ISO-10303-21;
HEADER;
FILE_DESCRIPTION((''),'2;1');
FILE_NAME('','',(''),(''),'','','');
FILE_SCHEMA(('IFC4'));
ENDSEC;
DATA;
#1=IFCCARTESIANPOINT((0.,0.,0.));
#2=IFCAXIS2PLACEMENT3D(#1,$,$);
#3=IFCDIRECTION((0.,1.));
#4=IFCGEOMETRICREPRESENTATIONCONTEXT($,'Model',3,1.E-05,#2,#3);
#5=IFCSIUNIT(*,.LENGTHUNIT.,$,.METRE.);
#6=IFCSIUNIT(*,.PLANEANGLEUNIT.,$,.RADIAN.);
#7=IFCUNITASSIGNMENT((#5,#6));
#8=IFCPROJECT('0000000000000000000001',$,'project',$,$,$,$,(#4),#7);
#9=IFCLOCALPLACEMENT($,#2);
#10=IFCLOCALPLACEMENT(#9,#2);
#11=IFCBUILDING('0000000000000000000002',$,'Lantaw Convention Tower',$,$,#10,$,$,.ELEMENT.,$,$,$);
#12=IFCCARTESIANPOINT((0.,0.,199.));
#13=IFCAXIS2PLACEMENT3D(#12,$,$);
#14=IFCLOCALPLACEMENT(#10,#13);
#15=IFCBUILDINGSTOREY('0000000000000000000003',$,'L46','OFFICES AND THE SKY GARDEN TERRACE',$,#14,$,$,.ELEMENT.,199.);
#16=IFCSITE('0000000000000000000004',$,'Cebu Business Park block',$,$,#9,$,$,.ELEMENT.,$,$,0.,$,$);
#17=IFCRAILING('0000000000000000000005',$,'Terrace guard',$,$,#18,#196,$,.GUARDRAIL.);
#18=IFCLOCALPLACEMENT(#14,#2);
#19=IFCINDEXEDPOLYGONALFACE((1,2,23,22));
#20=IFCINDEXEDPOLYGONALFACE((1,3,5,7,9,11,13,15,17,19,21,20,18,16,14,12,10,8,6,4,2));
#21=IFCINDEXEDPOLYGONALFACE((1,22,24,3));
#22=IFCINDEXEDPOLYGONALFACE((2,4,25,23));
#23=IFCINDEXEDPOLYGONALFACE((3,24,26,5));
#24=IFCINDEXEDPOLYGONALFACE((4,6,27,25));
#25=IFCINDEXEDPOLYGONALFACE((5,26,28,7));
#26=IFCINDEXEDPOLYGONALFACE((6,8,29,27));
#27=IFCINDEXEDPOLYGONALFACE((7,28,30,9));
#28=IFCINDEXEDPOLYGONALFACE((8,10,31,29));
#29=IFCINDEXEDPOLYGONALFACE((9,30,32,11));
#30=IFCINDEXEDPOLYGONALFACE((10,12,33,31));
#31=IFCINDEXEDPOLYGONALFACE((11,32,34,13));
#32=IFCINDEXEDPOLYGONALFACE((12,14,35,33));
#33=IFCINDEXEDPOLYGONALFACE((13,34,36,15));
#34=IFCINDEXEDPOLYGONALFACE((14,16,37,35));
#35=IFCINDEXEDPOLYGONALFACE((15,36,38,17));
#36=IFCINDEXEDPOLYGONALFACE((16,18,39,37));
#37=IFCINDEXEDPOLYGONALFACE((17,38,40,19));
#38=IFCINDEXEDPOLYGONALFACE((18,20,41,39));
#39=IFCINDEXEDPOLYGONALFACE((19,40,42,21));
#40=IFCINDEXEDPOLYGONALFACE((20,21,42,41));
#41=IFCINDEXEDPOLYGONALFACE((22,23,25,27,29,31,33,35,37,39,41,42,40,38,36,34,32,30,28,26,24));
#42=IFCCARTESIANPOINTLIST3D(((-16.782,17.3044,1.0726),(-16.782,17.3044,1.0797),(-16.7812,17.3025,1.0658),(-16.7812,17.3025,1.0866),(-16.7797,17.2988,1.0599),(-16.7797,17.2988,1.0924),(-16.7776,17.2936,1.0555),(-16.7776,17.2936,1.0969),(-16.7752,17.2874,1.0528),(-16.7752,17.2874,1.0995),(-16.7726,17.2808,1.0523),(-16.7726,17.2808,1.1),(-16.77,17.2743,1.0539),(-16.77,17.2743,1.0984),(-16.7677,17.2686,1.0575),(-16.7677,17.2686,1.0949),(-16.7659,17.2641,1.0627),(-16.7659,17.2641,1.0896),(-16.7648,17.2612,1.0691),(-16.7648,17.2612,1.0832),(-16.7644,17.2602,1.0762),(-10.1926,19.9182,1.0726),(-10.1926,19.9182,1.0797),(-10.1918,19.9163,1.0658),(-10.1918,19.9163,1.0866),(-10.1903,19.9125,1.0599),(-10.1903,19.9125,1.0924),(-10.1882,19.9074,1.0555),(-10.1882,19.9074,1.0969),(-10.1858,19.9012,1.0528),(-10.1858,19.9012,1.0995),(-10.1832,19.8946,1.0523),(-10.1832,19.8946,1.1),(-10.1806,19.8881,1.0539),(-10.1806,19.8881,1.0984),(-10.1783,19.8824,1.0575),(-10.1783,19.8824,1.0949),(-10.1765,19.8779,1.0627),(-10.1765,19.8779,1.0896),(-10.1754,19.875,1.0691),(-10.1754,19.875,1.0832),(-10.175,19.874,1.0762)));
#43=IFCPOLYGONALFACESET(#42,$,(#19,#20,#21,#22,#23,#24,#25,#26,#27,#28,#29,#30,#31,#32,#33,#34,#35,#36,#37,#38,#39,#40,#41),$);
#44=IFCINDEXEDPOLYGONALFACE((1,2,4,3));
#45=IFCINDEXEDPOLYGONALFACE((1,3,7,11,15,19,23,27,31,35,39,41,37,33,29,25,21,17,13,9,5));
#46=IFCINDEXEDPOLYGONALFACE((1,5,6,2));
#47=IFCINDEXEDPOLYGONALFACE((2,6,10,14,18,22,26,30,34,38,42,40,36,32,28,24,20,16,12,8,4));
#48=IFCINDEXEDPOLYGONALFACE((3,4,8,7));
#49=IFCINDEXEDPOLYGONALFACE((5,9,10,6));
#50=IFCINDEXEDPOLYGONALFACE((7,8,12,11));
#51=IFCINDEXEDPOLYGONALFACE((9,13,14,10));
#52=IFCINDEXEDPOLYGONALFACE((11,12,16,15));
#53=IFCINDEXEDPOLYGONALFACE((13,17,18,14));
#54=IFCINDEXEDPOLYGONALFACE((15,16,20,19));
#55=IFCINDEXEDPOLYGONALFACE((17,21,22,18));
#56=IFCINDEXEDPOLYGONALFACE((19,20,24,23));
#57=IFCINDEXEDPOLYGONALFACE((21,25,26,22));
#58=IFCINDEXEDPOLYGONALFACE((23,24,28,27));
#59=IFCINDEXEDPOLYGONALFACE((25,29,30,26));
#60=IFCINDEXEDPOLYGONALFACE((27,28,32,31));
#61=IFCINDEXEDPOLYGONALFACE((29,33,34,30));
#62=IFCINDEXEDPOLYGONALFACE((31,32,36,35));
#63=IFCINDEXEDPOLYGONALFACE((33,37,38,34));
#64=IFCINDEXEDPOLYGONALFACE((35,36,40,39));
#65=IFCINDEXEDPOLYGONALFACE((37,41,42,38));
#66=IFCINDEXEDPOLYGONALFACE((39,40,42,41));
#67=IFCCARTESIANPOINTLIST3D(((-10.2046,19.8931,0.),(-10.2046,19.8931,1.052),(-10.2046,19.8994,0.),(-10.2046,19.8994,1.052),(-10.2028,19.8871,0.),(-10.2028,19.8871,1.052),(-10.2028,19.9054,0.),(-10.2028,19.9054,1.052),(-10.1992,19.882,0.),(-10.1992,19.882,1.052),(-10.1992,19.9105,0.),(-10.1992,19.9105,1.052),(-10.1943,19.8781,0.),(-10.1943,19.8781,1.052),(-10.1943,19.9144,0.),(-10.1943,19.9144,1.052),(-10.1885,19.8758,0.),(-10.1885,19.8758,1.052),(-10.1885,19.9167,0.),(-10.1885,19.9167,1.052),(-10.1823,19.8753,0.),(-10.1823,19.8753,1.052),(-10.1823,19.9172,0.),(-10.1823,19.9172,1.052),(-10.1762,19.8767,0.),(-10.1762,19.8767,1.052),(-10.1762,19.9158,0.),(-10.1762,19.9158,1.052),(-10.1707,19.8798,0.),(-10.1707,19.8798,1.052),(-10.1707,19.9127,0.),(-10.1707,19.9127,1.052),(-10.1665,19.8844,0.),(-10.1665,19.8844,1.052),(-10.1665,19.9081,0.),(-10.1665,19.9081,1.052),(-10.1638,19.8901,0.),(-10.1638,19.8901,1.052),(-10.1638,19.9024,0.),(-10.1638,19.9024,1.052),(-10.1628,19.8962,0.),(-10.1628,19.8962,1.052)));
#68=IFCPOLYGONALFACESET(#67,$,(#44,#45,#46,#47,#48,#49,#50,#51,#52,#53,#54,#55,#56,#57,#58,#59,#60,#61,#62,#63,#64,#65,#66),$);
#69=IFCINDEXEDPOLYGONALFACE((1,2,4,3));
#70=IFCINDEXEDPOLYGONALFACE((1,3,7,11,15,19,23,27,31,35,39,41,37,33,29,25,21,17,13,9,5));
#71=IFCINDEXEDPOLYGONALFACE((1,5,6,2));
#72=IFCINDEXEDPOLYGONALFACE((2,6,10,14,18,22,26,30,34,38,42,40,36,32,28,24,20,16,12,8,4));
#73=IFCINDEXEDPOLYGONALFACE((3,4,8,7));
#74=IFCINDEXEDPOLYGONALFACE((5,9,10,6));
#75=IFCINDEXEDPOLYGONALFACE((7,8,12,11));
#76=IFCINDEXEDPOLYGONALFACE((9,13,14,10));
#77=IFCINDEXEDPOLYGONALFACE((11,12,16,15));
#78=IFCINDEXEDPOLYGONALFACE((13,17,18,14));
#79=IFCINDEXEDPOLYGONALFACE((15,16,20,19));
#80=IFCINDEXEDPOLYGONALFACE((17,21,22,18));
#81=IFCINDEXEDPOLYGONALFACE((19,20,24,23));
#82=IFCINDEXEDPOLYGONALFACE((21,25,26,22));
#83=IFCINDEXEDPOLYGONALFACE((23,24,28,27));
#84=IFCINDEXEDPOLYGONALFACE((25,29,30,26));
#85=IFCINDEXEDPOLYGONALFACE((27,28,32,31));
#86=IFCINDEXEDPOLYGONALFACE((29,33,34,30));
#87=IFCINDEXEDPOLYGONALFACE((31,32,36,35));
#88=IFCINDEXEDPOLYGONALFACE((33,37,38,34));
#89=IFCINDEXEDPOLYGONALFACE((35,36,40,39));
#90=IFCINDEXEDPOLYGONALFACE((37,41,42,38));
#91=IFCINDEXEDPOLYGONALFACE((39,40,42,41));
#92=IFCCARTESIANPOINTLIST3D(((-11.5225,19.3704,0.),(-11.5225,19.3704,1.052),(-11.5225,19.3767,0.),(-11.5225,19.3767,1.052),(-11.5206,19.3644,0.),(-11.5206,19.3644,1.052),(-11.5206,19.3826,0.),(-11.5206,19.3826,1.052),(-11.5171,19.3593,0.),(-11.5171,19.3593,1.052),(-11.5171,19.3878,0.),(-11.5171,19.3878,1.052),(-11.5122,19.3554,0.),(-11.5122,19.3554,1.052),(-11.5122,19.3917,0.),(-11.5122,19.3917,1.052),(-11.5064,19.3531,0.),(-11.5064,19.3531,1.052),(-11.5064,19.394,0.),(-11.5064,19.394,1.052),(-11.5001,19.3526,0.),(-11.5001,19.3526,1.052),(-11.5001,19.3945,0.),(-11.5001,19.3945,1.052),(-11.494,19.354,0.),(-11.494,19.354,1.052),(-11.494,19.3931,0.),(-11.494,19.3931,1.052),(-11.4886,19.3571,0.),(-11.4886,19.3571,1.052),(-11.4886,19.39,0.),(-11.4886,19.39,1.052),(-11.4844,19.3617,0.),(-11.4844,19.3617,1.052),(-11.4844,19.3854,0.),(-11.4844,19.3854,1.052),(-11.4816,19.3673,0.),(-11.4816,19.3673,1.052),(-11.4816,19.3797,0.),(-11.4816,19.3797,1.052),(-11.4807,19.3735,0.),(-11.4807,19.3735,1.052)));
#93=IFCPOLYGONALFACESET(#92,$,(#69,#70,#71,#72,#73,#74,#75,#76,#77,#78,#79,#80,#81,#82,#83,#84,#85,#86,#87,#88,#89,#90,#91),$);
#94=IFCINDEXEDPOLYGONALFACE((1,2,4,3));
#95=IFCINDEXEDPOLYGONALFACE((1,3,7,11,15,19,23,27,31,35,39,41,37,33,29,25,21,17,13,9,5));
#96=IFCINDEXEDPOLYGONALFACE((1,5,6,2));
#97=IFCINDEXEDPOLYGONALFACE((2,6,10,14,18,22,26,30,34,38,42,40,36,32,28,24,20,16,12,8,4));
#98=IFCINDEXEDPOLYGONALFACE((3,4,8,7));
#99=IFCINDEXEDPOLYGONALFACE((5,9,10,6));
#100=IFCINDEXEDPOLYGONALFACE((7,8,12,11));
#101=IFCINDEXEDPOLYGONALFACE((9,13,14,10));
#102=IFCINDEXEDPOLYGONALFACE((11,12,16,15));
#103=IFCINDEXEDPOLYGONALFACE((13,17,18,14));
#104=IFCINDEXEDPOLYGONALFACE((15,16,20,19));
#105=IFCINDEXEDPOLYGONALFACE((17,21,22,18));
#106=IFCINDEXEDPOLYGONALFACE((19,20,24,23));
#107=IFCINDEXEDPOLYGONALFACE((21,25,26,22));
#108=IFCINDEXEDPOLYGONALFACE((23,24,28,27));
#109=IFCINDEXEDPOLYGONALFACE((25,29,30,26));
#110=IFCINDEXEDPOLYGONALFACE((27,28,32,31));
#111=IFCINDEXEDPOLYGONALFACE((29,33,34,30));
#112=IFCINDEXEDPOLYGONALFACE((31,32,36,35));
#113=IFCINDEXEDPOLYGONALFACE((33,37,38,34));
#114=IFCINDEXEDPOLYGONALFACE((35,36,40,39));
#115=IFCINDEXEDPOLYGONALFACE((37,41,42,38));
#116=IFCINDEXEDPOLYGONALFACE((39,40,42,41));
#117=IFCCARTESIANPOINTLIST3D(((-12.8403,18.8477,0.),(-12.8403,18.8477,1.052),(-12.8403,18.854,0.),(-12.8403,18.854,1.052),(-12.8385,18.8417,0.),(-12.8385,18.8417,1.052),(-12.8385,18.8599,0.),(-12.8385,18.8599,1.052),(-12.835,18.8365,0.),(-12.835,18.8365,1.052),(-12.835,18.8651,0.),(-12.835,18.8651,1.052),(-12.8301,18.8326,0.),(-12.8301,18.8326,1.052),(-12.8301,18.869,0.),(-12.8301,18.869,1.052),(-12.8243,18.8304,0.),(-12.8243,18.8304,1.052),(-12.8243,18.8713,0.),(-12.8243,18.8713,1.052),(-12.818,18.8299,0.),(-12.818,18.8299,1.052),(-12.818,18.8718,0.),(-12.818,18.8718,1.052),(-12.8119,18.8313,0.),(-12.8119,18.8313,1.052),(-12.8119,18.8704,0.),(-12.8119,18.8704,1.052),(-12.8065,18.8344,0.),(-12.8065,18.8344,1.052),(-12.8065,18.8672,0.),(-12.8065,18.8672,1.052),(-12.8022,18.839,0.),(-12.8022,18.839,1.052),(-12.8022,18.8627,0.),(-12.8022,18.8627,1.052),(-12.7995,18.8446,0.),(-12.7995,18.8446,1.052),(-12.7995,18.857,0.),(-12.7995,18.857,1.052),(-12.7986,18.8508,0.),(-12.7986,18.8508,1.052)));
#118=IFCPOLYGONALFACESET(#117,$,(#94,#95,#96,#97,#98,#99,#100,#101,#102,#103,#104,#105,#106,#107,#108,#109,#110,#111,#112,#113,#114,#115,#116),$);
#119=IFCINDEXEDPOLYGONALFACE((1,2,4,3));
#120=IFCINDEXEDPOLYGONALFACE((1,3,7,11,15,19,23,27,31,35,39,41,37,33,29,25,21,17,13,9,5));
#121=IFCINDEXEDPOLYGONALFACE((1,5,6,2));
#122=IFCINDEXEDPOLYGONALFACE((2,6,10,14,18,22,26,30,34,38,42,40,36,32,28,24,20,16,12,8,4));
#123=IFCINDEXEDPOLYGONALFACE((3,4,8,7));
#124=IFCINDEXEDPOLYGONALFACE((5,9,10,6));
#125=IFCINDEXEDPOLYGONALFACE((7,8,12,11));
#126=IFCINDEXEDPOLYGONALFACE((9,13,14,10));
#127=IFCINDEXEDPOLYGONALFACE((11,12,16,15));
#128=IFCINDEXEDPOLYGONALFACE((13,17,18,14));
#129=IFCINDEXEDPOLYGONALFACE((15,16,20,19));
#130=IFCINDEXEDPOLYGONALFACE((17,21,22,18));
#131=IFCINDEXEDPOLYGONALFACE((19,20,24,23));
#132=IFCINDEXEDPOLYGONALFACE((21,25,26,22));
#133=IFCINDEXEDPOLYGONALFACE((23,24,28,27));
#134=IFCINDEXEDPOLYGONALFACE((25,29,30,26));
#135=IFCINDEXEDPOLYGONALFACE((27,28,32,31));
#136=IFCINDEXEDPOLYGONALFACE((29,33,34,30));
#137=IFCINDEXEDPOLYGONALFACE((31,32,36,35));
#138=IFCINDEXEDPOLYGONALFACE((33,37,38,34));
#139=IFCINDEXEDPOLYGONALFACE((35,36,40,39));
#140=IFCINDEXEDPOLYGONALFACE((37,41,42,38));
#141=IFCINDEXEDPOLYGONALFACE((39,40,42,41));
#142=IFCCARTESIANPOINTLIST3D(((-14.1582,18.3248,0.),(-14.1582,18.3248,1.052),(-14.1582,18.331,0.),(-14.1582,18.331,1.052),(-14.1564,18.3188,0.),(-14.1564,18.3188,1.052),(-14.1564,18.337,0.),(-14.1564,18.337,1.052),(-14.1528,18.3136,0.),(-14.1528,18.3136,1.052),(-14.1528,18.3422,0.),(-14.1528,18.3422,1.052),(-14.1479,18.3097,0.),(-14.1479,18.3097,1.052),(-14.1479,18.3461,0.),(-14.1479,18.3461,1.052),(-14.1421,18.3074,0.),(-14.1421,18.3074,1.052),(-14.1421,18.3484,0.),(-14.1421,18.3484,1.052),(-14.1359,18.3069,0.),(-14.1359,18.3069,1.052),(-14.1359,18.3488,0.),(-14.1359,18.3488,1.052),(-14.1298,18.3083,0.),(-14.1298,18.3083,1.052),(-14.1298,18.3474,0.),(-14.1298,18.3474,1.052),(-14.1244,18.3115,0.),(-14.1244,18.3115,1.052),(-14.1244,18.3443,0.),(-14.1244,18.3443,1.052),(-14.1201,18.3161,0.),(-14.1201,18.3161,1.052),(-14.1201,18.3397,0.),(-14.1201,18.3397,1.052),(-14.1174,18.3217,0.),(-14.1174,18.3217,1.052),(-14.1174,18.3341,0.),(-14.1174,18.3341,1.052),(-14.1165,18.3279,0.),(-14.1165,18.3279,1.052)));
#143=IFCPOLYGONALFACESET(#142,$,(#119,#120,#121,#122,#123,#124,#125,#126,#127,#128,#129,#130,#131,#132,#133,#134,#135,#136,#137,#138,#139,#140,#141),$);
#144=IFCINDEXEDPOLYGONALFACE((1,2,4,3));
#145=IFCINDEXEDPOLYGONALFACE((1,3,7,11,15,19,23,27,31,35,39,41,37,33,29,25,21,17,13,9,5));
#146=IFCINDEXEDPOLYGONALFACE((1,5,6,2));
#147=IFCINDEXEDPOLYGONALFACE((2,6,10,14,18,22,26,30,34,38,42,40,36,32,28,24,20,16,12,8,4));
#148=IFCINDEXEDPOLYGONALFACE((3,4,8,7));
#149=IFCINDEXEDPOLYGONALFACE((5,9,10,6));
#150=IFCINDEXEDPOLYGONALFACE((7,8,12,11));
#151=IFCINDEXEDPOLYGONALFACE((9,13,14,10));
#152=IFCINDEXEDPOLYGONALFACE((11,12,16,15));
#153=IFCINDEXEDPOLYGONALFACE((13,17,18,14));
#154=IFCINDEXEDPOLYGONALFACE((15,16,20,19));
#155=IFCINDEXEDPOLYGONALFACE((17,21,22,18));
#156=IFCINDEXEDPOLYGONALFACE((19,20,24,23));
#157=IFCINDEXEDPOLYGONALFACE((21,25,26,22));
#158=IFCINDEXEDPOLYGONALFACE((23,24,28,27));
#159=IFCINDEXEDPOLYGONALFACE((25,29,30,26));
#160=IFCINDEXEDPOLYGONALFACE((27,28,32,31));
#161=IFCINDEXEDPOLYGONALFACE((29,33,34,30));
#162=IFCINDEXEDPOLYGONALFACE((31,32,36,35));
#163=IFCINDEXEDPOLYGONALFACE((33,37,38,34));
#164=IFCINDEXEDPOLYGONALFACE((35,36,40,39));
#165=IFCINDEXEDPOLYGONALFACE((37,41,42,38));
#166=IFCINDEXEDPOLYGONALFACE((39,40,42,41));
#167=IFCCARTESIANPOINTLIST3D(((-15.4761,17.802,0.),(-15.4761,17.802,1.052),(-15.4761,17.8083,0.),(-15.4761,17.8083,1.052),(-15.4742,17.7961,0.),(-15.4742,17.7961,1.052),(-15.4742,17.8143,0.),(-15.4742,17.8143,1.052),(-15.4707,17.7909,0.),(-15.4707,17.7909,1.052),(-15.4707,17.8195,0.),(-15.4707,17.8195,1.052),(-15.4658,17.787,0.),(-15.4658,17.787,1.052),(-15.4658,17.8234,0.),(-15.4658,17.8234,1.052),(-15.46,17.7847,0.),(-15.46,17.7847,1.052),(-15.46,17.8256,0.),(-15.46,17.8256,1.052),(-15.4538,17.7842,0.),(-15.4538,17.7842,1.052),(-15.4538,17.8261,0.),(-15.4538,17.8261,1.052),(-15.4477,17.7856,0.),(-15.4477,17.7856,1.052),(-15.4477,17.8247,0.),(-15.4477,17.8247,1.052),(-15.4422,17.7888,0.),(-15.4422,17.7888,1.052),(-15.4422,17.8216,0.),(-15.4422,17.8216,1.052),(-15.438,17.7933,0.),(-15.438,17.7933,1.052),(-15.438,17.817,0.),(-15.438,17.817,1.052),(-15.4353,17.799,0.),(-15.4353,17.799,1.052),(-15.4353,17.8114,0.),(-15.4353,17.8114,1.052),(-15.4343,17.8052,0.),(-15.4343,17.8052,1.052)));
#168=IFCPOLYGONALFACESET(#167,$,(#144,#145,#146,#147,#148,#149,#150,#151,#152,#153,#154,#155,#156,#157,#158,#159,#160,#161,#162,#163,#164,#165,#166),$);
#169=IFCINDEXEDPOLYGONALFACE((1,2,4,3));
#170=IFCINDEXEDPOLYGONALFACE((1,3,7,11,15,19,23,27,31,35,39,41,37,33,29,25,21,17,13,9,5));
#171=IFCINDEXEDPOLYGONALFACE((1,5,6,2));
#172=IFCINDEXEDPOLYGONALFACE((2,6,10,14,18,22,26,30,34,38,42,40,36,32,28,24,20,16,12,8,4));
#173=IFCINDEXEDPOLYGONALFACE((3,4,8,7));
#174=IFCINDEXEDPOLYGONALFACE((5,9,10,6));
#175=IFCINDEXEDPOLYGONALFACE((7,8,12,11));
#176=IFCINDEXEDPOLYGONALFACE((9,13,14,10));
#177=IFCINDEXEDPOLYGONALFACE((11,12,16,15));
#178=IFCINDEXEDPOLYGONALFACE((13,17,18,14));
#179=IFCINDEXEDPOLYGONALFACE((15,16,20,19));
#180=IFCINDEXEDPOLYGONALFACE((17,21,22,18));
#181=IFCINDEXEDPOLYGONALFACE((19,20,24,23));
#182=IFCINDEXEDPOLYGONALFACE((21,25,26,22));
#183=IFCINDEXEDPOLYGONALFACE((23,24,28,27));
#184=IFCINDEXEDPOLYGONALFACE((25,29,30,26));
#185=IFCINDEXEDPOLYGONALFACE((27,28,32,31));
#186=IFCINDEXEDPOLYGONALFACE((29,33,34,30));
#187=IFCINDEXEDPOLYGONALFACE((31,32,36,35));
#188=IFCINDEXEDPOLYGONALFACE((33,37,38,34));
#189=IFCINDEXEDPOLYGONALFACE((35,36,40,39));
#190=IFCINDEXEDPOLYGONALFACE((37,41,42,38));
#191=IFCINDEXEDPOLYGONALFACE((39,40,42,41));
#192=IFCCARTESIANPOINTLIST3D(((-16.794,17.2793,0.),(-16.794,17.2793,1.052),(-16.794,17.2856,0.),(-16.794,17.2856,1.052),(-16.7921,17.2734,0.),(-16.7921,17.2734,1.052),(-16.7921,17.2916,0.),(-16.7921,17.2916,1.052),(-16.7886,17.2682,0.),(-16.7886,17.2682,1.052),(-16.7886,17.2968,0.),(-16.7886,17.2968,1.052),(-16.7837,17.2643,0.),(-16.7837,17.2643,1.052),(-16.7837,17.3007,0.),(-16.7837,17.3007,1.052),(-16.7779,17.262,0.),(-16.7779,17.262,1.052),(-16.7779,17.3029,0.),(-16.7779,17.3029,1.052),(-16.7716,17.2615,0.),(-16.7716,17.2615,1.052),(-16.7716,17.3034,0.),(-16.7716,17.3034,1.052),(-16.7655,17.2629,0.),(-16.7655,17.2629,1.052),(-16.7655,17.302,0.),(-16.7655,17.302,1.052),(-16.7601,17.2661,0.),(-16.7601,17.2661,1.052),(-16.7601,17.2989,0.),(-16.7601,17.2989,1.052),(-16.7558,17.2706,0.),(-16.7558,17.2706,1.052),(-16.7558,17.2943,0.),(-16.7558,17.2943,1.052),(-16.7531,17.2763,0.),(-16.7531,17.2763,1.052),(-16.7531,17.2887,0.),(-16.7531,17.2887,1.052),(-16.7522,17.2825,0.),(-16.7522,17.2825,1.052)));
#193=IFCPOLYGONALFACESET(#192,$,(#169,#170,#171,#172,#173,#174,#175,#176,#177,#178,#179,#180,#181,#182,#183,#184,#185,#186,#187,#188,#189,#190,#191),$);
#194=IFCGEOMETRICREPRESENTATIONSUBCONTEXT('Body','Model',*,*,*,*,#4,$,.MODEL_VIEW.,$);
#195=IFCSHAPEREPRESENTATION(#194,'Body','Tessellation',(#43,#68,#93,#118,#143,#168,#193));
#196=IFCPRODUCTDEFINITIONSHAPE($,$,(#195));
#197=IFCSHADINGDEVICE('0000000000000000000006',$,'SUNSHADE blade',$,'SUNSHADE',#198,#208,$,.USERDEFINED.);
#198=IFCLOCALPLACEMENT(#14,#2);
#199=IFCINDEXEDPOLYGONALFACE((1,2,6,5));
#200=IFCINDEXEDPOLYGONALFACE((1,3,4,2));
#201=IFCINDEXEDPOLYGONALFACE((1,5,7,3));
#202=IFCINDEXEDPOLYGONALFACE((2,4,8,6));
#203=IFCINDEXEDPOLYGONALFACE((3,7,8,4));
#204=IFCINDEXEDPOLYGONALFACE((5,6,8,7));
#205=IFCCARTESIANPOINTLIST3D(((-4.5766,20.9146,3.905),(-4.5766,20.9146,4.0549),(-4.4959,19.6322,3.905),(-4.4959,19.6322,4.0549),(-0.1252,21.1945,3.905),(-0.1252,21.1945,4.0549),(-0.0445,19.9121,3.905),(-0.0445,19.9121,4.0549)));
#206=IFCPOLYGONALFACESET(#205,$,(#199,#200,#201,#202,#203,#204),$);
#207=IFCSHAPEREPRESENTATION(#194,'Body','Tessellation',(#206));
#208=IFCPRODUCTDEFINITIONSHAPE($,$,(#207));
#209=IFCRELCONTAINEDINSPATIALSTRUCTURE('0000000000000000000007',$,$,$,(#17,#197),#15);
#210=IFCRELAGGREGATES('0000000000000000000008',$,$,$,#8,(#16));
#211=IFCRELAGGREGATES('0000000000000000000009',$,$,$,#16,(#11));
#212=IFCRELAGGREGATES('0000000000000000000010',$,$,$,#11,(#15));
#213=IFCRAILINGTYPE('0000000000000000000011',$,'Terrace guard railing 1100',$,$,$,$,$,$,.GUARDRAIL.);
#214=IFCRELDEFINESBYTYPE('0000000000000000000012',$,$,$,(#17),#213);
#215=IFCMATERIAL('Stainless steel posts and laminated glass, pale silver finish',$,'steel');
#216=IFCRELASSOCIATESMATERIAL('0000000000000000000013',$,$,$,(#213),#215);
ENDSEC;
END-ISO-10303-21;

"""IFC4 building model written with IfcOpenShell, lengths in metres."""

from ifc_helpers import new_model, si_unit, direction, frame, origin, origin_2d, place, context, subcontext, project, spatial, rectangle, circle, extrude, material, type_object, element, save


model = new_model("IFC4")

# Units and contexts
model_context = context("Model", 3, precision=1e-05, world=origin(), true_north=direction((0.0, 1.0)))
body_context = subcontext(model_context, "Body", "Model", "MODEL_VIEW")
ifc_project = project(units=[si_unit("LENGTHUNIT", "METRE"), si_unit("PLANEANGLEUNIT", "RADIAN")], contexts=[model_context])

# Site, building, storey
site_placement = place(None, origin())
site = spatial("IfcSite", under=ifc_project, at=site_placement, Name="Cebu Business Park block", CompositionType="ELEMENT", RefElevation=0.0)
building_placement = place(site_placement, origin())
building = spatial("IfcBuilding", under=site, at=building_placement, Name="Lantaw Convention Tower", CompositionType="ELEMENT")
storey_placement = place(building_placement, frame((0.0, 0.0, 199.0)))
storey = spatial("IfcBuildingStorey", under=building, at=storey_placement, Name="L46", Description="OFFICES AND THE SKY GARDEN TERRACE", CompositionType="ELEMENT", Elevation=199.0)

# Railing
ifc_material_1 = material(Name="Stainless steel posts and laminated glass, pale silver finish", Category="steel")
railing_type = type_object("IfcRailingType", Name="Terrace guard railing 1100", PredefinedType="GUARDRAIL", material=ifc_material_1)
railing_1_placement = place(storey_placement, frame((-10.1838, 19.8962, 0.0)))
element("IfcRailing", 1, at=railing_1_placement, inside=storey, type_object=railing_type, Name="Terrace guard", PredefinedType="GUARDRAIL", context=body_context, shape_type="SweptSolid", body=[
    extrude(circle(Radius=0.0239, at=origin_2d()), frame((0.0, 0.0, 1.0762), z_axis=(-0.929542, -0.368717, 0.0), x_axis=(0.368717, -0.929542, 0.0)), (0.0, 0.0, 1.0), 7.0889),
    extrude(circle(Radius=0.021, at=origin_2d()), origin(), (0.0, 0.0, 1.0), 1.052),
    extrude(circle(Radius=0.021, at=origin_2d()), frame((-1.3179, -0.5227, 0.0)), (0.0, 0.0, 1.0), 1.052),
    extrude(circle(Radius=0.021, at=origin_2d()), frame((-2.6357, -1.0454, 0.0)), (0.0, 0.0, 1.0), 1.052),
    extrude(circle(Radius=0.021, at=origin_2d()), frame((-3.9536, -1.5684, 0.0)), (0.0, 0.0, 1.0), 1.052),
    extrude(circle(Radius=0.021, at=origin_2d()), frame((-5.2715, -2.0911, 0.0)), (0.0, 0.0, 1.0), 1.052),
    extrude(circle(Radius=0.021, at=origin_2d()), frame((-6.5894, -2.6138, 0.0)), (0.0, 0.0, 1.0), 1.052),
])

# Shading device
shading_device_1_placement = place(storey_placement, frame((-2.3105, 20.4133, 3.905), z_axis=(0.0, 0.0, 1.0), x_axis=(-0.998029, -0.062758, 0.0)))
element("IfcShadingDevice", 2, at=shading_device_1_placement, inside=storey, Name="SUNSHADE blade", ObjectType="SUNSHADE", PredefinedType="USERDEFINED", context=body_context, shape_type="SweptSolid", body=[
    extrude(rectangle(XDim=4.4602, YDim=1.2849, at=origin_2d()), origin(), (0.0, 0.0, 1.0), 0.1499),
])

save(model, "model.ifc")
